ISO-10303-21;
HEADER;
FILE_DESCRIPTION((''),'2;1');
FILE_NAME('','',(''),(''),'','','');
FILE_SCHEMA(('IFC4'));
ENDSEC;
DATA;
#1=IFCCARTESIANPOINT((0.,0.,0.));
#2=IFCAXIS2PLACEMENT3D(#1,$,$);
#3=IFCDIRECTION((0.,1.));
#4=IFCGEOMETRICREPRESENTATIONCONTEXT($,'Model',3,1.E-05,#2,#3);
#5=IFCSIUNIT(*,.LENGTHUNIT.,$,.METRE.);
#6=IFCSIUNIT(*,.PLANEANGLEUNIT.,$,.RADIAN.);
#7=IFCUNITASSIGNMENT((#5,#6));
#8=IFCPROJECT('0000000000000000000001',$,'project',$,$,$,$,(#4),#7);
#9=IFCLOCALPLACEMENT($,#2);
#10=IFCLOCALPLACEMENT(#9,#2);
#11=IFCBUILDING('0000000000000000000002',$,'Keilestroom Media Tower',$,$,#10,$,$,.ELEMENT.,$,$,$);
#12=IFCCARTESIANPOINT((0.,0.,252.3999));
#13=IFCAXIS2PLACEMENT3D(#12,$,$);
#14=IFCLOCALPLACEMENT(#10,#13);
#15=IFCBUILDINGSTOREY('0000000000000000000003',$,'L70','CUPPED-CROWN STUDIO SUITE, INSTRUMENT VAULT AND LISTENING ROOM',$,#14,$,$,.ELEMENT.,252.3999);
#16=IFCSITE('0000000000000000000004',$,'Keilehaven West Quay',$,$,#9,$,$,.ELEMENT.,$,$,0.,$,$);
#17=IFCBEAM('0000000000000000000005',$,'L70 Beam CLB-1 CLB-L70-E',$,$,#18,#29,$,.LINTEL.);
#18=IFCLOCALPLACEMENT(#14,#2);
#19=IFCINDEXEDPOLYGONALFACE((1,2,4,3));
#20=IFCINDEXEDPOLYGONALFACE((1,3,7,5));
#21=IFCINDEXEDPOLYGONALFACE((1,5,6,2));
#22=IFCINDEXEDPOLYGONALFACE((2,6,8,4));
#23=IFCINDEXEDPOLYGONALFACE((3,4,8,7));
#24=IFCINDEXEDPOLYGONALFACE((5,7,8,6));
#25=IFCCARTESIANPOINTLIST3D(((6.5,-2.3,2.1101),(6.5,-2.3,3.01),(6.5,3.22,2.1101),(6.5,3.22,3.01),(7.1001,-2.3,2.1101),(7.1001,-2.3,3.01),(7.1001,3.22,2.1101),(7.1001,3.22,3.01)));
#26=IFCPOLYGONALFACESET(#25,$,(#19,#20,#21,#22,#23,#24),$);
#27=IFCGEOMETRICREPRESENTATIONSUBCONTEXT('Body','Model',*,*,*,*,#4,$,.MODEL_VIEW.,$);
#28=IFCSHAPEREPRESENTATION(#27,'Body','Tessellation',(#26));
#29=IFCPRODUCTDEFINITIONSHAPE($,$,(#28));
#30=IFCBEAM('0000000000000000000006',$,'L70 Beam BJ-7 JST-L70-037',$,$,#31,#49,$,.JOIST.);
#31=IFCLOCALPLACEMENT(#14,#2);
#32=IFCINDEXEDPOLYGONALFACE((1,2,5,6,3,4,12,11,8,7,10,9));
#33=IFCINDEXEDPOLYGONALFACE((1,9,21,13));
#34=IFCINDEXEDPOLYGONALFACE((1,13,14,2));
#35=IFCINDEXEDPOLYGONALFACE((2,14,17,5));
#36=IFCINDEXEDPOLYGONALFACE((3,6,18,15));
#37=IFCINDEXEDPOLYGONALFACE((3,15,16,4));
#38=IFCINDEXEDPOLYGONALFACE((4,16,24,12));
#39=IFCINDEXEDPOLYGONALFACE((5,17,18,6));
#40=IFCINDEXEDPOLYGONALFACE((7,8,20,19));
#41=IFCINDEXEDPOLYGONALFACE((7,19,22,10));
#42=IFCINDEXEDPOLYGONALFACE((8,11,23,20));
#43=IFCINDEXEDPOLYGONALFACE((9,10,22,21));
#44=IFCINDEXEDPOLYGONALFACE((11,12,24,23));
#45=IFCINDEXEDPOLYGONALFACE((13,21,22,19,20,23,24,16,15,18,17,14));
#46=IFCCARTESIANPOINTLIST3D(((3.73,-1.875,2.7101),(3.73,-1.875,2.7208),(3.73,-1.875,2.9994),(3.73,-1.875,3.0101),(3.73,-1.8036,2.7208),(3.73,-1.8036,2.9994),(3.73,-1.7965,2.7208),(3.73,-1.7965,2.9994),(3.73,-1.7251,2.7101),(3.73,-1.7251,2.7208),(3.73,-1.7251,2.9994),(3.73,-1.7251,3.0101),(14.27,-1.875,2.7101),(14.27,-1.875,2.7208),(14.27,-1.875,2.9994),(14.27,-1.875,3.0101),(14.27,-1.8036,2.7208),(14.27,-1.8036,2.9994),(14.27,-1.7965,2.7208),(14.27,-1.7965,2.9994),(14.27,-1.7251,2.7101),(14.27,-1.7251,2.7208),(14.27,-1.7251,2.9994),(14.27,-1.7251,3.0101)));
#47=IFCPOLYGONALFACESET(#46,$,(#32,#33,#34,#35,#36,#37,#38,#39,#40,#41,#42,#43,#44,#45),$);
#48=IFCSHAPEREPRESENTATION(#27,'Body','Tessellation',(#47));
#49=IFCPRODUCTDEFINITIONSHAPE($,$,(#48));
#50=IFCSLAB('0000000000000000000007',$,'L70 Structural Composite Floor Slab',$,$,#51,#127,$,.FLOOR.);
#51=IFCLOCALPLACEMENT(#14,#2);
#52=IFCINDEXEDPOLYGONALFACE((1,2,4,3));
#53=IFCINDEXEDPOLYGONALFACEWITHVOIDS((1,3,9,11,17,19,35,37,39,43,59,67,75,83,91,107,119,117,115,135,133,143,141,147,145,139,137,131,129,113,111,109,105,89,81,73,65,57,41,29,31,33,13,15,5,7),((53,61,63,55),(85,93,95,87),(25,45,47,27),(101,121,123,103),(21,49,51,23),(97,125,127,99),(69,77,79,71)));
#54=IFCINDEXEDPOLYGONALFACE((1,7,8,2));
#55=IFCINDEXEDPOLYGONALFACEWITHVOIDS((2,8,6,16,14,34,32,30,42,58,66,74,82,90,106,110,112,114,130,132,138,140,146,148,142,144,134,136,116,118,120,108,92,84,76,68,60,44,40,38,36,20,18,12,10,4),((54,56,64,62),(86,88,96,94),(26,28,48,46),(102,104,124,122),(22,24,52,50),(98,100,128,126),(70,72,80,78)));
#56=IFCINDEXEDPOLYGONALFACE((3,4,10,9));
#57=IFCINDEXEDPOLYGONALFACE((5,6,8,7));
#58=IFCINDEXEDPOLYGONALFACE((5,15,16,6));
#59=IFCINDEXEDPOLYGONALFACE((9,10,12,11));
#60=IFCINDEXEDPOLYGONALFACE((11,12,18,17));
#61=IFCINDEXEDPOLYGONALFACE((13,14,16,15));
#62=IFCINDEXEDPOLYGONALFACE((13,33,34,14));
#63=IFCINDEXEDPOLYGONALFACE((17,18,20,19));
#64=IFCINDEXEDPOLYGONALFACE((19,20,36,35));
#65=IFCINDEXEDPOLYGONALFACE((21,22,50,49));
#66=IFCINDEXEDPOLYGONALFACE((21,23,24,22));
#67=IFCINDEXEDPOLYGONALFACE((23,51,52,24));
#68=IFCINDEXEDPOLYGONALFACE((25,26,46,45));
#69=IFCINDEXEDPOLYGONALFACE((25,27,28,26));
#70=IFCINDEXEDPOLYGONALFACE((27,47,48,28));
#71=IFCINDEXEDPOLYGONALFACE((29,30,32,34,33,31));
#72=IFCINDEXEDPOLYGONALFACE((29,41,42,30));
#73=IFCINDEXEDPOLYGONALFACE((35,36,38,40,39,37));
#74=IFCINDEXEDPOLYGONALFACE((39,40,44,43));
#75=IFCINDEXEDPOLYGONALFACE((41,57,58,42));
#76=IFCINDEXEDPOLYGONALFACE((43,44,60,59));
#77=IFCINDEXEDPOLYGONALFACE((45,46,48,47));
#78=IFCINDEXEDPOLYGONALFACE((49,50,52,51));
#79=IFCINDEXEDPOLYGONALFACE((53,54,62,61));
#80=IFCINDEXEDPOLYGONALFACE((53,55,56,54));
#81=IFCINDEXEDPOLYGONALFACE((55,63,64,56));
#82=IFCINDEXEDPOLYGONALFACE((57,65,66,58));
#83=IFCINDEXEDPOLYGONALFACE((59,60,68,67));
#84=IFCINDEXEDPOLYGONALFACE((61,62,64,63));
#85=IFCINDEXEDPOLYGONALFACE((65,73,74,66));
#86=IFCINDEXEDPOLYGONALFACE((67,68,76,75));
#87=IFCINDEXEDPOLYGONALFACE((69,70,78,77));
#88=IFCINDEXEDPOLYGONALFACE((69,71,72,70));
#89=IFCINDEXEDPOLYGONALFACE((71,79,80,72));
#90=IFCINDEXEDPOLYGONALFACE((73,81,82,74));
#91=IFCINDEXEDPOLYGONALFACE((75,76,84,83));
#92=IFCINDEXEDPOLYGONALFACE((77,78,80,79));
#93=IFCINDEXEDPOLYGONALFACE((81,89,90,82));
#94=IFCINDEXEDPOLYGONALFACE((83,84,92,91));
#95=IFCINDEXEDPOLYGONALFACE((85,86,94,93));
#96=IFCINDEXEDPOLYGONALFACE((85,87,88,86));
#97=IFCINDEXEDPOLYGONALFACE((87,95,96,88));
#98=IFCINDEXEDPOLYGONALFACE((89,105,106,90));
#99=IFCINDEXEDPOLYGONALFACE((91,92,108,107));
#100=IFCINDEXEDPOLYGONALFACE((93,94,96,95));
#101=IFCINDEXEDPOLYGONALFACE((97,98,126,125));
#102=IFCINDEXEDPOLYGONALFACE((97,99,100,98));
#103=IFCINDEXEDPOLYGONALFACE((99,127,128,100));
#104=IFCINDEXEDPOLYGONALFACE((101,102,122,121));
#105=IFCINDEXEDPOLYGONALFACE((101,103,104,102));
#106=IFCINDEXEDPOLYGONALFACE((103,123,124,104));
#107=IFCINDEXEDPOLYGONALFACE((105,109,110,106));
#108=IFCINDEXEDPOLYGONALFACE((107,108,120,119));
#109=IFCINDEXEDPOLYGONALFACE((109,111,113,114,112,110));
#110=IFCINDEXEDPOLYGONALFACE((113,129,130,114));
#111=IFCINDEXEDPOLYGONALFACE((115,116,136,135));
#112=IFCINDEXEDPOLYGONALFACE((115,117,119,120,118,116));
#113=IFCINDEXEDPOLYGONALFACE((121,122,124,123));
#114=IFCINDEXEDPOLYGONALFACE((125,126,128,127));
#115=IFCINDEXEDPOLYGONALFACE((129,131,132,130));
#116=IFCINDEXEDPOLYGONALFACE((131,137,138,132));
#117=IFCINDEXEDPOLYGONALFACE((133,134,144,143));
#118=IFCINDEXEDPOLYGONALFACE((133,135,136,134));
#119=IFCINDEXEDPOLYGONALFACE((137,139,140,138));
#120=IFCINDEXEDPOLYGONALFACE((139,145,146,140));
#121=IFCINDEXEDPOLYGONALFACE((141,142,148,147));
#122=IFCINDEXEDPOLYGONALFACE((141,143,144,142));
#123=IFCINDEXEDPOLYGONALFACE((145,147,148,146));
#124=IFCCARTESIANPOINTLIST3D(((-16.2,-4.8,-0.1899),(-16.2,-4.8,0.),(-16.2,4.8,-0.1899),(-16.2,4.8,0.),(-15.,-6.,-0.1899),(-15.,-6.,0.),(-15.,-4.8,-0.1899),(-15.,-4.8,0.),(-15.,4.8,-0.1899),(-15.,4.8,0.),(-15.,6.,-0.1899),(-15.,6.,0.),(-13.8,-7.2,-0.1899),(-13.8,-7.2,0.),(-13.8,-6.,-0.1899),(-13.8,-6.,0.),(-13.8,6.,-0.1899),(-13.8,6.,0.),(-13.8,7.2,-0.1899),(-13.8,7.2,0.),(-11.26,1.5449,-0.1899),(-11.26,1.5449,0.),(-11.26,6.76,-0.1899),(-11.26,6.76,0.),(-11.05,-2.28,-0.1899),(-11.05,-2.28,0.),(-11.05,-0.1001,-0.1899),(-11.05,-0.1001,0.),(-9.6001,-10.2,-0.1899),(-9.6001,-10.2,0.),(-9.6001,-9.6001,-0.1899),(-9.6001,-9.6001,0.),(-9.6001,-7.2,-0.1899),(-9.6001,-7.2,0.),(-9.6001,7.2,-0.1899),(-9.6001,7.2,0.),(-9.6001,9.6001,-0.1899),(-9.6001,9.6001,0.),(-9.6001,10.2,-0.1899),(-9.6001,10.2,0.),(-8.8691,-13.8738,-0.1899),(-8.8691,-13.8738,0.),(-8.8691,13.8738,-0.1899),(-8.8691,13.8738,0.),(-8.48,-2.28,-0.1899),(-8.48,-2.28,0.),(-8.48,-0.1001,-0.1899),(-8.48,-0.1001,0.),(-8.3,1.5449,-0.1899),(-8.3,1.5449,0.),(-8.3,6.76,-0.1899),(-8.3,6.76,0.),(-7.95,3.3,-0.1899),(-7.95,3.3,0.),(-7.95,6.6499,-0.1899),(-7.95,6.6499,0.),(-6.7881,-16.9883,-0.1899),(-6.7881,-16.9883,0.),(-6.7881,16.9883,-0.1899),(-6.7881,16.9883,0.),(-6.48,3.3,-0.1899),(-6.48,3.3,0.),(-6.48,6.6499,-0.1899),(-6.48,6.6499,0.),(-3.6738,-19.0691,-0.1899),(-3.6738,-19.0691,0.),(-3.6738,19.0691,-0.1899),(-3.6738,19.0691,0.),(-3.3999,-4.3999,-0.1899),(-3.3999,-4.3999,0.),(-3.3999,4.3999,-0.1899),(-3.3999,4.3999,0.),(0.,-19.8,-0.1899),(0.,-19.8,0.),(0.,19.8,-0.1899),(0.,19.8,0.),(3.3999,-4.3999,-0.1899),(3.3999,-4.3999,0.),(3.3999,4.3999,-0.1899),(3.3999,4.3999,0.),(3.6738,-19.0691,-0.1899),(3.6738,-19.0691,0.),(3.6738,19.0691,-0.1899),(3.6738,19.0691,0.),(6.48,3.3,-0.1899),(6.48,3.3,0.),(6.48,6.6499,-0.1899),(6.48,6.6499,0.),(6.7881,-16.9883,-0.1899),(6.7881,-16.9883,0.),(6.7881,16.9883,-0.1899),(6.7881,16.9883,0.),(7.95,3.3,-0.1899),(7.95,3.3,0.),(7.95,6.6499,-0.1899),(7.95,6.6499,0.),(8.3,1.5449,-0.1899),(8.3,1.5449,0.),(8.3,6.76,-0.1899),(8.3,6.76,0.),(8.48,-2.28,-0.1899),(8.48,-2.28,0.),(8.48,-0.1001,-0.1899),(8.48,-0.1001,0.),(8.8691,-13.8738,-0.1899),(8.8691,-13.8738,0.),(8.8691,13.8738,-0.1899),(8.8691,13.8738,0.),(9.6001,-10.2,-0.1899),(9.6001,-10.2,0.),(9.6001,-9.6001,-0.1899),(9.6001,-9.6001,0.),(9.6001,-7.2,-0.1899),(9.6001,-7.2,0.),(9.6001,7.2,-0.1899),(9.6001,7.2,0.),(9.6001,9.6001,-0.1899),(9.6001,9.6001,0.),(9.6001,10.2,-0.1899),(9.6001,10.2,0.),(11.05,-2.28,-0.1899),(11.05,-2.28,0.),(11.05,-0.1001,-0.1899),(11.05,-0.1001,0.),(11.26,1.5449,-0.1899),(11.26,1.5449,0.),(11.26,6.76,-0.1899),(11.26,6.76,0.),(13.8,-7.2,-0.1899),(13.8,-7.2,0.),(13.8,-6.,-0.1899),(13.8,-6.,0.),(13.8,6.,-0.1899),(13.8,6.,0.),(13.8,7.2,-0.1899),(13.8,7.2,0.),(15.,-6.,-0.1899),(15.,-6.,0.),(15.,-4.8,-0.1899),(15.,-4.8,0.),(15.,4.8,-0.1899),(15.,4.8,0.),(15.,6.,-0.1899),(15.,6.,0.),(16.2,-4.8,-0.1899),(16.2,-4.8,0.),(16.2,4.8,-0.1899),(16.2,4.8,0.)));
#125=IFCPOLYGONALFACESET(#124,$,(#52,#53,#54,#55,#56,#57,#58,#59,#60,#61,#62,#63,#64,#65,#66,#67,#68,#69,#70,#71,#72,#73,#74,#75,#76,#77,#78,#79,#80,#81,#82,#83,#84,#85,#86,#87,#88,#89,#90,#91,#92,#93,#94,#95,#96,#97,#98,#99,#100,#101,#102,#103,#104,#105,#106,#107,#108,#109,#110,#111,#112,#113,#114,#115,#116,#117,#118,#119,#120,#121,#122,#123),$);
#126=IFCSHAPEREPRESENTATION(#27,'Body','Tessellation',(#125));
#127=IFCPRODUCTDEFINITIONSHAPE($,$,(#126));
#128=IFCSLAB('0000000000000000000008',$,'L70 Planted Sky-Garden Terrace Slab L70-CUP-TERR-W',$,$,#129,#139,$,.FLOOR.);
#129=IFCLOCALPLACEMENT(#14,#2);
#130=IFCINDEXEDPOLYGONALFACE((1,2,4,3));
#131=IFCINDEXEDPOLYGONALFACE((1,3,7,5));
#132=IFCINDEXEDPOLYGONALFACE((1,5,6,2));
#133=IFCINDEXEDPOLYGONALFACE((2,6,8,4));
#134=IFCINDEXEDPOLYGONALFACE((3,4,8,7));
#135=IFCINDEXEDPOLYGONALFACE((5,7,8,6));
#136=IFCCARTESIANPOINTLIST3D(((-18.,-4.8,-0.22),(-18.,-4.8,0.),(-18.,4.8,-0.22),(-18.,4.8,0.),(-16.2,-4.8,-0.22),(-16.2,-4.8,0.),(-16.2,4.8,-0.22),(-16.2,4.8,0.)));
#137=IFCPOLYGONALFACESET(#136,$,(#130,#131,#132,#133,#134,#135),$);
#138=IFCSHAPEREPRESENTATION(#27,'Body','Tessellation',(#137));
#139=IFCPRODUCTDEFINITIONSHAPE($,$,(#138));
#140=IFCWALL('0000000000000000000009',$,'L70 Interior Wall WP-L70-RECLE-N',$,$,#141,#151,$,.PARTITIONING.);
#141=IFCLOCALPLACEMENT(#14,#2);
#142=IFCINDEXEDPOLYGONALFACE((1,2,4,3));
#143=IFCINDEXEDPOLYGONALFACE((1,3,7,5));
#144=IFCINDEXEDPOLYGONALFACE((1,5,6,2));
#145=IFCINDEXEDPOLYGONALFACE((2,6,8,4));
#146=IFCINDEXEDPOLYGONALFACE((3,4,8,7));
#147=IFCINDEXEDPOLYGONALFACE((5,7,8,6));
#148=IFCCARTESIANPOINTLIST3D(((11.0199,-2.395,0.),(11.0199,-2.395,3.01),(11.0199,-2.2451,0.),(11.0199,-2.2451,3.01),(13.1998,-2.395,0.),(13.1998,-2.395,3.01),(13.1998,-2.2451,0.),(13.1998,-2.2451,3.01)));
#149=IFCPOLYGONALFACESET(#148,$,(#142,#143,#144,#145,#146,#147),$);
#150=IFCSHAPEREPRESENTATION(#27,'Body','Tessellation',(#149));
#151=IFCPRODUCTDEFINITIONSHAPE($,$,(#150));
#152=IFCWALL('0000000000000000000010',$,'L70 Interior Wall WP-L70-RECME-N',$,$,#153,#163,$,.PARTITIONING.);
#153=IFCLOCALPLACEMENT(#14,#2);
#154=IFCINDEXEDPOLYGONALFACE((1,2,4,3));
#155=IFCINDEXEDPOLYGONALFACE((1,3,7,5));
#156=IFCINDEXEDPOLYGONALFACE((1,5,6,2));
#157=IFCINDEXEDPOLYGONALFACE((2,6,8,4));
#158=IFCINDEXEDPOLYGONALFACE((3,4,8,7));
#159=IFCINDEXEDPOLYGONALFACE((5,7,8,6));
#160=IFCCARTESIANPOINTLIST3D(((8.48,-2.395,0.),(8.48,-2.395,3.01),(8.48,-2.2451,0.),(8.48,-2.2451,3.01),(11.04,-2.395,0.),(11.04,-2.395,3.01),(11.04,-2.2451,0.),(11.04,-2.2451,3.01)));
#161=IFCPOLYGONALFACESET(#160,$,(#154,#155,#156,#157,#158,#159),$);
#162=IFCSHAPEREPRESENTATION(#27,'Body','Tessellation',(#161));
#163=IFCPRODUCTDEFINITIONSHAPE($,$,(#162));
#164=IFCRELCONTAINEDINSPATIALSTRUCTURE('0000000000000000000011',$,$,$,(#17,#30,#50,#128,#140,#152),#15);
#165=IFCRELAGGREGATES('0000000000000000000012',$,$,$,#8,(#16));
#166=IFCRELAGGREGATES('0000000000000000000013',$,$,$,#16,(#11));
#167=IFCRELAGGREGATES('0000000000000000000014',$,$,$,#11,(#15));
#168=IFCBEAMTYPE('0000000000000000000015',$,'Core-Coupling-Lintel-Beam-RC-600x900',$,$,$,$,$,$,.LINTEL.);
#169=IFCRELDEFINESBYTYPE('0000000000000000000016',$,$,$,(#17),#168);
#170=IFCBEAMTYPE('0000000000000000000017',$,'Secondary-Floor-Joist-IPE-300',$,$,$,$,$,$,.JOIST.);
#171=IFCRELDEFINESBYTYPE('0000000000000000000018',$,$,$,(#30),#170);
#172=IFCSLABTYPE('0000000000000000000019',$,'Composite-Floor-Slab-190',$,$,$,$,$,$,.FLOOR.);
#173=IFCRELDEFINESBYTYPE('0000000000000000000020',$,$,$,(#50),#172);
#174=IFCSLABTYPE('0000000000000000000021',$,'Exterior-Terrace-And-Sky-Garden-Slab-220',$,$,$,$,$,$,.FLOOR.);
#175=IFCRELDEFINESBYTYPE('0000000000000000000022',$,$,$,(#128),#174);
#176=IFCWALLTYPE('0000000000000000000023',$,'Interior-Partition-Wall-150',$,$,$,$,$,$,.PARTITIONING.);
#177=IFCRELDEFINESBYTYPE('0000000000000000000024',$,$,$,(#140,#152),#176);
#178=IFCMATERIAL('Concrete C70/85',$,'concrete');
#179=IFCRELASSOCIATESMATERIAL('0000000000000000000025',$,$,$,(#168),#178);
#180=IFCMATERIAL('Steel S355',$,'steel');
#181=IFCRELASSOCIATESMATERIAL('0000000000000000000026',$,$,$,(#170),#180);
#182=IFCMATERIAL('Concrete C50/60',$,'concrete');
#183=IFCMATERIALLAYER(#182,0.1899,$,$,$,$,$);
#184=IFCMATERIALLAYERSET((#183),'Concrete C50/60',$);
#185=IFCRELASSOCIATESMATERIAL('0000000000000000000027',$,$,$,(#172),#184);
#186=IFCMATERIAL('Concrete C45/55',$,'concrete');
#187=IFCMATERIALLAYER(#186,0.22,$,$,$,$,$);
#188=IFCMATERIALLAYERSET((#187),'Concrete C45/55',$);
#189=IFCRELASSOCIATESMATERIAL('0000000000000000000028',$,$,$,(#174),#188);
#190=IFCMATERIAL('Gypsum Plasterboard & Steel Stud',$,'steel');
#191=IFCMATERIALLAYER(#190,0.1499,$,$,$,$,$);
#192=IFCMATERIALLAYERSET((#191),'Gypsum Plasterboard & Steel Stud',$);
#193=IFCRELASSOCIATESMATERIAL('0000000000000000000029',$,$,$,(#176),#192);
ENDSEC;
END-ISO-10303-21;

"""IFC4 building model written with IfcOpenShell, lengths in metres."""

from ifc_helpers import new_model, si_unit, direction, frame, frame_2d, origin, origin_2d, place, context, subcontext, project, spatial, polyline, rectangle, i_section, outline, extrude, source, transform, mapped, material, layer, layer_set, material_profile, profile_set, type_object, element, save


model = new_model("IFC4")

# Units and contexts
model_context = context("Model", 3, precision=1e-05, world=origin(), true_north=direction((0.0, 1.0)))
body_context = subcontext(model_context, "Body", "Model", "MODEL_VIEW")
ifc_project = project(units=[si_unit("LENGTHUNIT", "METRE"), si_unit("PLANEANGLEUNIT", "RADIAN")], contexts=[model_context])

# Site, building, storey
site_placement = place(None, origin())
site = spatial("IfcSite", under=ifc_project, at=site_placement, Name="Keilehaven West Quay", CompositionType="ELEMENT", RefElevation=0.0)
building_placement = place(site_placement, origin())
building = spatial("IfcBuilding", under=site, at=building_placement, Name="Keilestroom Media Tower", CompositionType="ELEMENT")
storey_placement = place(building_placement, frame((0.0, 0.0, 252.3999)))
storey = spatial("IfcBuildingStorey", under=building, at=storey_placement, Name="L70", Description="CUPPED-CROWN STUDIO SUITE, INSTRUMENT VAULT AND LISTENING ROOM", CompositionType="ELEMENT", Elevation=252.3999)

# Beams
ifc_material_1 = material(Name="Concrete C70/85", Category="concrete")
ifc_material_profile_1 = material_profile(ifc_material_1, rectangle(XDim=0.6001, YDim=0.8999, at=origin_2d()), Name="RC 600x900")
ifc_profile_set_1 = profile_set([ifc_material_profile_1], Name="Concrete C70/85")
beam_type_1 = type_object("IfcBeamType", Name="Core-Coupling-Lintel-Beam-RC-600x900", PredefinedType="LINTEL", material=ifc_profile_set_1)
shared_shape_1 = source(origin(), body_context, "Body", "SweptSolid", [
    extrude(rectangle(XDim=0.6001, YDim=0.8999, at=origin_2d()), origin(), (0.0, 0.0, 1.0), 5.52),
])
beam_1_placement = place(storey_placement, frame((6.8, -2.3, 2.5601), z_axis=(0.0, 1.0, 0.0), x_axis=(-1.0, 0.0, 0.0)))
element("IfcBeam", 1, at=beam_1_placement, inside=storey, type_object=beam_type_1, Name="L70 Beam CLB-1 CLB-L70-E", PredefinedType="LINTEL", context=body_context, shape_type="MappedRepresentation", body=[
    mapped(shared_shape_1, transform((0.0, 0.0, 0.0), x_axis=(1.0, 0.0, 0.0), y_axis=(0.0, 1.0, 0.0), z_axis=(0.0, 0.0, 1.0), scale=1.0)),
])
ifc_material_2 = material(Name="Steel S355", Category="steel")
ifc_material_profile_2 = material_profile(ifc_material_2, i_section(OverallWidth=0.1499, OverallDepth=0.3, WebThickness=0.0071, FlangeThickness=0.0107, at=origin_2d()), Name="IPE 300")
ifc_profile_set_2 = profile_set([ifc_material_profile_2], Name="Steel S355")
beam_type_2 = type_object("IfcBeamType", Name="Secondary-Floor-Joist-IPE-300", PredefinedType="JOIST", material=ifc_profile_set_2)
shared_shape_2 = source(origin(), body_context, "Body", "SweptSolid", [
    extrude(i_section(OverallWidth=0.1499, OverallDepth=0.3, WebThickness=0.0071, FlangeThickness=0.0107, at=origin_2d()), origin(), (0.0, 0.0, 1.0), 10.54),
])
beam_2_placement = place(storey_placement, frame((3.73, -1.8, 2.8601), z_axis=(1.0, 0.0, 0.0), x_axis=(0.0, 1.0, 0.0)))
element("IfcBeam", 2, at=beam_2_placement, inside=storey, type_object=beam_type_2, Name="L70 Beam BJ-7 JST-L70-037", PredefinedType="JOIST", context=body_context, shape_type="MappedRepresentation", body=[
    mapped(shared_shape_2, transform((0.0, 0.0, 0.0), x_axis=(1.0, 0.0, 0.0), y_axis=(0.0, 1.0, 0.0), z_axis=(0.0, 0.0, 1.0), scale=1.0)),
])

# Slabs
ifc_material_3 = material(Name="Concrete C50/60", Category="concrete")
ifc_layer_1 = layer(ifc_material_3, 0.1899)
ifc_layer_set_1 = layer_set([ifc_layer_1], Name="Concrete C50/60")
slab_type_1 = type_object("IfcSlabType", Name="Composite-Floor-Slab-190", PredefinedType="FLOOR", material=ifc_layer_set_1)
slab_1_placement = place(storey_placement, frame((0.0, 0.0, -0.1899)))
element("IfcSlab", 3, at=slab_1_placement, inside=storey, type_object=slab_type_1, Name="L70 Structural Composite Floor Slab", PredefinedType="FLOOR", context=body_context, shape_type="SweptSolid", body=[
    extrude(outline(polyline([(16.2, -4.8), (16.2, 4.8), (15.0, 4.8), (15.0, 6.0), (13.8, 6.0), (13.8, 7.2), (9.6001, 7.2), (9.6001, 9.6001), (9.6001, 10.2), (8.8691, 13.8738), (6.7881, 16.9883), (3.6738, 19.0691), (0.0, 19.8), (-3.6738, 19.0691), (-6.7881, 16.9883), (-8.8691, 13.8738), (-9.6001, 10.2), (-9.6001, 9.6001), (-9.6001, 7.2), (-13.8, 7.2), (-13.8, 6.0), (-15.0, 6.0), (-15.0, 4.8), (-16.2, 4.8), (-16.2, -4.8), (-15.0, -4.8), (-15.0, -6.0), (-13.8, -6.0), (-13.8, -7.2), (-9.6001, -7.2), (-9.6001, -9.6001), (-9.6001, -10.2), (-8.8691, -13.8738), (-6.7881, -16.9883), (-3.6738, -19.0691), (0.0, -19.8), (3.6738, -19.0691), (6.7881, -16.9883), (8.8691, -13.8738), (9.6001, -10.2), (9.6001, -9.6001), (9.6001, -7.2), (13.8, -7.2), (13.8, -6.0), (15.0, -6.0), (15.0, -4.8), (16.2, -4.8)]), holes=[polyline([(-8.3, 1.5449), (-11.26, 1.5449), (-11.26, 6.76), (-8.3, 6.76), (-8.3, 1.5449)]), polyline([(-8.48, -2.28), (-11.05, -2.28), (-11.05, -0.1001), (-8.48, -0.1001), (-8.48, -2.28)]), polyline([(-6.48, 3.3), (-7.95, 3.3), (-7.95, 6.6499), (-6.48, 6.6499), (-6.48, 3.3)]), polyline([(3.3999, -4.3999), (-3.3999, -4.3999), (-3.3999, 4.3999), (3.3999, 4.3999), (3.3999, -4.3999)]), polyline([(7.95, 3.3), (6.48, 3.3), (6.48, 6.6499), (7.95, 6.6499), (7.95, 3.3)]), polyline([(11.26, 1.5449), (8.3, 1.5449), (8.3, 6.76), (11.26, 6.76), (11.26, 1.5449)]), polyline([(11.05, -2.28), (8.48, -2.28), (8.48, -0.1001), (11.05, -0.1001), (11.05, -2.28)])]), origin(), (0.0, 0.0, 1.0), 0.1899),
])
ifc_material_4 = material(Name="Concrete C45/55", Category="concrete")
ifc_layer_2 = layer(ifc_material_4, 0.22)
ifc_layer_set_2 = layer_set([ifc_layer_2], Name="Concrete C45/55")
slab_type_2 = type_object("IfcSlabType", Name="Exterior-Terrace-And-Sky-Garden-Slab-220", PredefinedType="FLOOR", material=ifc_layer_set_2)
slab_2_placement = place(storey_placement, frame((0.0, 0.0, -0.22)))
element("IfcSlab", 4, at=slab_2_placement, inside=storey, type_object=slab_type_2, Name="L70 Planted Sky-Garden Terrace Slab L70-CUP-TERR-W", PredefinedType="FLOOR", context=body_context, shape_type="SweptSolid", body=[
    extrude(outline(polyline([(-18.0, -4.8), (-16.2, -4.8), (-16.2, 4.8), (-18.0, 4.8), (-18.0, -4.8)])), origin(), (0.0, 0.0, 1.0), 0.22),
])

# Walls
ifc_material_5 = material(Name="Gypsum Plasterboard & Steel Stud", Category="steel")
ifc_layer_3 = layer(ifc_material_5, 0.1499)
ifc_layer_set_3 = layer_set([ifc_layer_3], Name="Gypsum Plasterboard & Steel Stud")
wall_type_1 = type_object("IfcWallType", Name="Interior-Partition-Wall-150", PredefinedType="PARTITIONING", material=ifc_layer_set_3)
wall_1_placement = place(storey_placement, frame((11.02, -2.3201, 0.0), z_axis=(0.0, 0.0, 1.0), x_axis=(1.0, 0.0, 0.0)))
element("IfcWall", 5, at=wall_1_placement, inside=storey, type_object=wall_type_1, Name="L70 Interior Wall WP-L70-RECLE-N", PredefinedType="PARTITIONING", context=body_context, shape_type="SweptSolid", body=[
    extrude(rectangle(XDim=2.1799, YDim=0.1499, at=frame_2d((1.0898, 0.0))), origin(), (0.0, 0.0, 1.0), 3.01),
])
wall_2_placement = place(storey_placement, frame((8.48, -2.3201, 0.0), z_axis=(0.0, 0.0, 1.0), x_axis=(1.0, 0.0, 0.0)))
element("IfcWall", 6, at=wall_2_placement, inside=storey, type_object=wall_type_1, Name="L70 Interior Wall WP-L70-RECME-N", PredefinedType="PARTITIONING", context=body_context, shape_type="SweptSolid", body=[
    extrude(rectangle(XDim=2.5601, YDim=0.1499, at=frame_2d((1.28, 0.0))), origin(), (0.0, 0.0, 1.0), 3.01),
])

save(model, "model.ifc")
